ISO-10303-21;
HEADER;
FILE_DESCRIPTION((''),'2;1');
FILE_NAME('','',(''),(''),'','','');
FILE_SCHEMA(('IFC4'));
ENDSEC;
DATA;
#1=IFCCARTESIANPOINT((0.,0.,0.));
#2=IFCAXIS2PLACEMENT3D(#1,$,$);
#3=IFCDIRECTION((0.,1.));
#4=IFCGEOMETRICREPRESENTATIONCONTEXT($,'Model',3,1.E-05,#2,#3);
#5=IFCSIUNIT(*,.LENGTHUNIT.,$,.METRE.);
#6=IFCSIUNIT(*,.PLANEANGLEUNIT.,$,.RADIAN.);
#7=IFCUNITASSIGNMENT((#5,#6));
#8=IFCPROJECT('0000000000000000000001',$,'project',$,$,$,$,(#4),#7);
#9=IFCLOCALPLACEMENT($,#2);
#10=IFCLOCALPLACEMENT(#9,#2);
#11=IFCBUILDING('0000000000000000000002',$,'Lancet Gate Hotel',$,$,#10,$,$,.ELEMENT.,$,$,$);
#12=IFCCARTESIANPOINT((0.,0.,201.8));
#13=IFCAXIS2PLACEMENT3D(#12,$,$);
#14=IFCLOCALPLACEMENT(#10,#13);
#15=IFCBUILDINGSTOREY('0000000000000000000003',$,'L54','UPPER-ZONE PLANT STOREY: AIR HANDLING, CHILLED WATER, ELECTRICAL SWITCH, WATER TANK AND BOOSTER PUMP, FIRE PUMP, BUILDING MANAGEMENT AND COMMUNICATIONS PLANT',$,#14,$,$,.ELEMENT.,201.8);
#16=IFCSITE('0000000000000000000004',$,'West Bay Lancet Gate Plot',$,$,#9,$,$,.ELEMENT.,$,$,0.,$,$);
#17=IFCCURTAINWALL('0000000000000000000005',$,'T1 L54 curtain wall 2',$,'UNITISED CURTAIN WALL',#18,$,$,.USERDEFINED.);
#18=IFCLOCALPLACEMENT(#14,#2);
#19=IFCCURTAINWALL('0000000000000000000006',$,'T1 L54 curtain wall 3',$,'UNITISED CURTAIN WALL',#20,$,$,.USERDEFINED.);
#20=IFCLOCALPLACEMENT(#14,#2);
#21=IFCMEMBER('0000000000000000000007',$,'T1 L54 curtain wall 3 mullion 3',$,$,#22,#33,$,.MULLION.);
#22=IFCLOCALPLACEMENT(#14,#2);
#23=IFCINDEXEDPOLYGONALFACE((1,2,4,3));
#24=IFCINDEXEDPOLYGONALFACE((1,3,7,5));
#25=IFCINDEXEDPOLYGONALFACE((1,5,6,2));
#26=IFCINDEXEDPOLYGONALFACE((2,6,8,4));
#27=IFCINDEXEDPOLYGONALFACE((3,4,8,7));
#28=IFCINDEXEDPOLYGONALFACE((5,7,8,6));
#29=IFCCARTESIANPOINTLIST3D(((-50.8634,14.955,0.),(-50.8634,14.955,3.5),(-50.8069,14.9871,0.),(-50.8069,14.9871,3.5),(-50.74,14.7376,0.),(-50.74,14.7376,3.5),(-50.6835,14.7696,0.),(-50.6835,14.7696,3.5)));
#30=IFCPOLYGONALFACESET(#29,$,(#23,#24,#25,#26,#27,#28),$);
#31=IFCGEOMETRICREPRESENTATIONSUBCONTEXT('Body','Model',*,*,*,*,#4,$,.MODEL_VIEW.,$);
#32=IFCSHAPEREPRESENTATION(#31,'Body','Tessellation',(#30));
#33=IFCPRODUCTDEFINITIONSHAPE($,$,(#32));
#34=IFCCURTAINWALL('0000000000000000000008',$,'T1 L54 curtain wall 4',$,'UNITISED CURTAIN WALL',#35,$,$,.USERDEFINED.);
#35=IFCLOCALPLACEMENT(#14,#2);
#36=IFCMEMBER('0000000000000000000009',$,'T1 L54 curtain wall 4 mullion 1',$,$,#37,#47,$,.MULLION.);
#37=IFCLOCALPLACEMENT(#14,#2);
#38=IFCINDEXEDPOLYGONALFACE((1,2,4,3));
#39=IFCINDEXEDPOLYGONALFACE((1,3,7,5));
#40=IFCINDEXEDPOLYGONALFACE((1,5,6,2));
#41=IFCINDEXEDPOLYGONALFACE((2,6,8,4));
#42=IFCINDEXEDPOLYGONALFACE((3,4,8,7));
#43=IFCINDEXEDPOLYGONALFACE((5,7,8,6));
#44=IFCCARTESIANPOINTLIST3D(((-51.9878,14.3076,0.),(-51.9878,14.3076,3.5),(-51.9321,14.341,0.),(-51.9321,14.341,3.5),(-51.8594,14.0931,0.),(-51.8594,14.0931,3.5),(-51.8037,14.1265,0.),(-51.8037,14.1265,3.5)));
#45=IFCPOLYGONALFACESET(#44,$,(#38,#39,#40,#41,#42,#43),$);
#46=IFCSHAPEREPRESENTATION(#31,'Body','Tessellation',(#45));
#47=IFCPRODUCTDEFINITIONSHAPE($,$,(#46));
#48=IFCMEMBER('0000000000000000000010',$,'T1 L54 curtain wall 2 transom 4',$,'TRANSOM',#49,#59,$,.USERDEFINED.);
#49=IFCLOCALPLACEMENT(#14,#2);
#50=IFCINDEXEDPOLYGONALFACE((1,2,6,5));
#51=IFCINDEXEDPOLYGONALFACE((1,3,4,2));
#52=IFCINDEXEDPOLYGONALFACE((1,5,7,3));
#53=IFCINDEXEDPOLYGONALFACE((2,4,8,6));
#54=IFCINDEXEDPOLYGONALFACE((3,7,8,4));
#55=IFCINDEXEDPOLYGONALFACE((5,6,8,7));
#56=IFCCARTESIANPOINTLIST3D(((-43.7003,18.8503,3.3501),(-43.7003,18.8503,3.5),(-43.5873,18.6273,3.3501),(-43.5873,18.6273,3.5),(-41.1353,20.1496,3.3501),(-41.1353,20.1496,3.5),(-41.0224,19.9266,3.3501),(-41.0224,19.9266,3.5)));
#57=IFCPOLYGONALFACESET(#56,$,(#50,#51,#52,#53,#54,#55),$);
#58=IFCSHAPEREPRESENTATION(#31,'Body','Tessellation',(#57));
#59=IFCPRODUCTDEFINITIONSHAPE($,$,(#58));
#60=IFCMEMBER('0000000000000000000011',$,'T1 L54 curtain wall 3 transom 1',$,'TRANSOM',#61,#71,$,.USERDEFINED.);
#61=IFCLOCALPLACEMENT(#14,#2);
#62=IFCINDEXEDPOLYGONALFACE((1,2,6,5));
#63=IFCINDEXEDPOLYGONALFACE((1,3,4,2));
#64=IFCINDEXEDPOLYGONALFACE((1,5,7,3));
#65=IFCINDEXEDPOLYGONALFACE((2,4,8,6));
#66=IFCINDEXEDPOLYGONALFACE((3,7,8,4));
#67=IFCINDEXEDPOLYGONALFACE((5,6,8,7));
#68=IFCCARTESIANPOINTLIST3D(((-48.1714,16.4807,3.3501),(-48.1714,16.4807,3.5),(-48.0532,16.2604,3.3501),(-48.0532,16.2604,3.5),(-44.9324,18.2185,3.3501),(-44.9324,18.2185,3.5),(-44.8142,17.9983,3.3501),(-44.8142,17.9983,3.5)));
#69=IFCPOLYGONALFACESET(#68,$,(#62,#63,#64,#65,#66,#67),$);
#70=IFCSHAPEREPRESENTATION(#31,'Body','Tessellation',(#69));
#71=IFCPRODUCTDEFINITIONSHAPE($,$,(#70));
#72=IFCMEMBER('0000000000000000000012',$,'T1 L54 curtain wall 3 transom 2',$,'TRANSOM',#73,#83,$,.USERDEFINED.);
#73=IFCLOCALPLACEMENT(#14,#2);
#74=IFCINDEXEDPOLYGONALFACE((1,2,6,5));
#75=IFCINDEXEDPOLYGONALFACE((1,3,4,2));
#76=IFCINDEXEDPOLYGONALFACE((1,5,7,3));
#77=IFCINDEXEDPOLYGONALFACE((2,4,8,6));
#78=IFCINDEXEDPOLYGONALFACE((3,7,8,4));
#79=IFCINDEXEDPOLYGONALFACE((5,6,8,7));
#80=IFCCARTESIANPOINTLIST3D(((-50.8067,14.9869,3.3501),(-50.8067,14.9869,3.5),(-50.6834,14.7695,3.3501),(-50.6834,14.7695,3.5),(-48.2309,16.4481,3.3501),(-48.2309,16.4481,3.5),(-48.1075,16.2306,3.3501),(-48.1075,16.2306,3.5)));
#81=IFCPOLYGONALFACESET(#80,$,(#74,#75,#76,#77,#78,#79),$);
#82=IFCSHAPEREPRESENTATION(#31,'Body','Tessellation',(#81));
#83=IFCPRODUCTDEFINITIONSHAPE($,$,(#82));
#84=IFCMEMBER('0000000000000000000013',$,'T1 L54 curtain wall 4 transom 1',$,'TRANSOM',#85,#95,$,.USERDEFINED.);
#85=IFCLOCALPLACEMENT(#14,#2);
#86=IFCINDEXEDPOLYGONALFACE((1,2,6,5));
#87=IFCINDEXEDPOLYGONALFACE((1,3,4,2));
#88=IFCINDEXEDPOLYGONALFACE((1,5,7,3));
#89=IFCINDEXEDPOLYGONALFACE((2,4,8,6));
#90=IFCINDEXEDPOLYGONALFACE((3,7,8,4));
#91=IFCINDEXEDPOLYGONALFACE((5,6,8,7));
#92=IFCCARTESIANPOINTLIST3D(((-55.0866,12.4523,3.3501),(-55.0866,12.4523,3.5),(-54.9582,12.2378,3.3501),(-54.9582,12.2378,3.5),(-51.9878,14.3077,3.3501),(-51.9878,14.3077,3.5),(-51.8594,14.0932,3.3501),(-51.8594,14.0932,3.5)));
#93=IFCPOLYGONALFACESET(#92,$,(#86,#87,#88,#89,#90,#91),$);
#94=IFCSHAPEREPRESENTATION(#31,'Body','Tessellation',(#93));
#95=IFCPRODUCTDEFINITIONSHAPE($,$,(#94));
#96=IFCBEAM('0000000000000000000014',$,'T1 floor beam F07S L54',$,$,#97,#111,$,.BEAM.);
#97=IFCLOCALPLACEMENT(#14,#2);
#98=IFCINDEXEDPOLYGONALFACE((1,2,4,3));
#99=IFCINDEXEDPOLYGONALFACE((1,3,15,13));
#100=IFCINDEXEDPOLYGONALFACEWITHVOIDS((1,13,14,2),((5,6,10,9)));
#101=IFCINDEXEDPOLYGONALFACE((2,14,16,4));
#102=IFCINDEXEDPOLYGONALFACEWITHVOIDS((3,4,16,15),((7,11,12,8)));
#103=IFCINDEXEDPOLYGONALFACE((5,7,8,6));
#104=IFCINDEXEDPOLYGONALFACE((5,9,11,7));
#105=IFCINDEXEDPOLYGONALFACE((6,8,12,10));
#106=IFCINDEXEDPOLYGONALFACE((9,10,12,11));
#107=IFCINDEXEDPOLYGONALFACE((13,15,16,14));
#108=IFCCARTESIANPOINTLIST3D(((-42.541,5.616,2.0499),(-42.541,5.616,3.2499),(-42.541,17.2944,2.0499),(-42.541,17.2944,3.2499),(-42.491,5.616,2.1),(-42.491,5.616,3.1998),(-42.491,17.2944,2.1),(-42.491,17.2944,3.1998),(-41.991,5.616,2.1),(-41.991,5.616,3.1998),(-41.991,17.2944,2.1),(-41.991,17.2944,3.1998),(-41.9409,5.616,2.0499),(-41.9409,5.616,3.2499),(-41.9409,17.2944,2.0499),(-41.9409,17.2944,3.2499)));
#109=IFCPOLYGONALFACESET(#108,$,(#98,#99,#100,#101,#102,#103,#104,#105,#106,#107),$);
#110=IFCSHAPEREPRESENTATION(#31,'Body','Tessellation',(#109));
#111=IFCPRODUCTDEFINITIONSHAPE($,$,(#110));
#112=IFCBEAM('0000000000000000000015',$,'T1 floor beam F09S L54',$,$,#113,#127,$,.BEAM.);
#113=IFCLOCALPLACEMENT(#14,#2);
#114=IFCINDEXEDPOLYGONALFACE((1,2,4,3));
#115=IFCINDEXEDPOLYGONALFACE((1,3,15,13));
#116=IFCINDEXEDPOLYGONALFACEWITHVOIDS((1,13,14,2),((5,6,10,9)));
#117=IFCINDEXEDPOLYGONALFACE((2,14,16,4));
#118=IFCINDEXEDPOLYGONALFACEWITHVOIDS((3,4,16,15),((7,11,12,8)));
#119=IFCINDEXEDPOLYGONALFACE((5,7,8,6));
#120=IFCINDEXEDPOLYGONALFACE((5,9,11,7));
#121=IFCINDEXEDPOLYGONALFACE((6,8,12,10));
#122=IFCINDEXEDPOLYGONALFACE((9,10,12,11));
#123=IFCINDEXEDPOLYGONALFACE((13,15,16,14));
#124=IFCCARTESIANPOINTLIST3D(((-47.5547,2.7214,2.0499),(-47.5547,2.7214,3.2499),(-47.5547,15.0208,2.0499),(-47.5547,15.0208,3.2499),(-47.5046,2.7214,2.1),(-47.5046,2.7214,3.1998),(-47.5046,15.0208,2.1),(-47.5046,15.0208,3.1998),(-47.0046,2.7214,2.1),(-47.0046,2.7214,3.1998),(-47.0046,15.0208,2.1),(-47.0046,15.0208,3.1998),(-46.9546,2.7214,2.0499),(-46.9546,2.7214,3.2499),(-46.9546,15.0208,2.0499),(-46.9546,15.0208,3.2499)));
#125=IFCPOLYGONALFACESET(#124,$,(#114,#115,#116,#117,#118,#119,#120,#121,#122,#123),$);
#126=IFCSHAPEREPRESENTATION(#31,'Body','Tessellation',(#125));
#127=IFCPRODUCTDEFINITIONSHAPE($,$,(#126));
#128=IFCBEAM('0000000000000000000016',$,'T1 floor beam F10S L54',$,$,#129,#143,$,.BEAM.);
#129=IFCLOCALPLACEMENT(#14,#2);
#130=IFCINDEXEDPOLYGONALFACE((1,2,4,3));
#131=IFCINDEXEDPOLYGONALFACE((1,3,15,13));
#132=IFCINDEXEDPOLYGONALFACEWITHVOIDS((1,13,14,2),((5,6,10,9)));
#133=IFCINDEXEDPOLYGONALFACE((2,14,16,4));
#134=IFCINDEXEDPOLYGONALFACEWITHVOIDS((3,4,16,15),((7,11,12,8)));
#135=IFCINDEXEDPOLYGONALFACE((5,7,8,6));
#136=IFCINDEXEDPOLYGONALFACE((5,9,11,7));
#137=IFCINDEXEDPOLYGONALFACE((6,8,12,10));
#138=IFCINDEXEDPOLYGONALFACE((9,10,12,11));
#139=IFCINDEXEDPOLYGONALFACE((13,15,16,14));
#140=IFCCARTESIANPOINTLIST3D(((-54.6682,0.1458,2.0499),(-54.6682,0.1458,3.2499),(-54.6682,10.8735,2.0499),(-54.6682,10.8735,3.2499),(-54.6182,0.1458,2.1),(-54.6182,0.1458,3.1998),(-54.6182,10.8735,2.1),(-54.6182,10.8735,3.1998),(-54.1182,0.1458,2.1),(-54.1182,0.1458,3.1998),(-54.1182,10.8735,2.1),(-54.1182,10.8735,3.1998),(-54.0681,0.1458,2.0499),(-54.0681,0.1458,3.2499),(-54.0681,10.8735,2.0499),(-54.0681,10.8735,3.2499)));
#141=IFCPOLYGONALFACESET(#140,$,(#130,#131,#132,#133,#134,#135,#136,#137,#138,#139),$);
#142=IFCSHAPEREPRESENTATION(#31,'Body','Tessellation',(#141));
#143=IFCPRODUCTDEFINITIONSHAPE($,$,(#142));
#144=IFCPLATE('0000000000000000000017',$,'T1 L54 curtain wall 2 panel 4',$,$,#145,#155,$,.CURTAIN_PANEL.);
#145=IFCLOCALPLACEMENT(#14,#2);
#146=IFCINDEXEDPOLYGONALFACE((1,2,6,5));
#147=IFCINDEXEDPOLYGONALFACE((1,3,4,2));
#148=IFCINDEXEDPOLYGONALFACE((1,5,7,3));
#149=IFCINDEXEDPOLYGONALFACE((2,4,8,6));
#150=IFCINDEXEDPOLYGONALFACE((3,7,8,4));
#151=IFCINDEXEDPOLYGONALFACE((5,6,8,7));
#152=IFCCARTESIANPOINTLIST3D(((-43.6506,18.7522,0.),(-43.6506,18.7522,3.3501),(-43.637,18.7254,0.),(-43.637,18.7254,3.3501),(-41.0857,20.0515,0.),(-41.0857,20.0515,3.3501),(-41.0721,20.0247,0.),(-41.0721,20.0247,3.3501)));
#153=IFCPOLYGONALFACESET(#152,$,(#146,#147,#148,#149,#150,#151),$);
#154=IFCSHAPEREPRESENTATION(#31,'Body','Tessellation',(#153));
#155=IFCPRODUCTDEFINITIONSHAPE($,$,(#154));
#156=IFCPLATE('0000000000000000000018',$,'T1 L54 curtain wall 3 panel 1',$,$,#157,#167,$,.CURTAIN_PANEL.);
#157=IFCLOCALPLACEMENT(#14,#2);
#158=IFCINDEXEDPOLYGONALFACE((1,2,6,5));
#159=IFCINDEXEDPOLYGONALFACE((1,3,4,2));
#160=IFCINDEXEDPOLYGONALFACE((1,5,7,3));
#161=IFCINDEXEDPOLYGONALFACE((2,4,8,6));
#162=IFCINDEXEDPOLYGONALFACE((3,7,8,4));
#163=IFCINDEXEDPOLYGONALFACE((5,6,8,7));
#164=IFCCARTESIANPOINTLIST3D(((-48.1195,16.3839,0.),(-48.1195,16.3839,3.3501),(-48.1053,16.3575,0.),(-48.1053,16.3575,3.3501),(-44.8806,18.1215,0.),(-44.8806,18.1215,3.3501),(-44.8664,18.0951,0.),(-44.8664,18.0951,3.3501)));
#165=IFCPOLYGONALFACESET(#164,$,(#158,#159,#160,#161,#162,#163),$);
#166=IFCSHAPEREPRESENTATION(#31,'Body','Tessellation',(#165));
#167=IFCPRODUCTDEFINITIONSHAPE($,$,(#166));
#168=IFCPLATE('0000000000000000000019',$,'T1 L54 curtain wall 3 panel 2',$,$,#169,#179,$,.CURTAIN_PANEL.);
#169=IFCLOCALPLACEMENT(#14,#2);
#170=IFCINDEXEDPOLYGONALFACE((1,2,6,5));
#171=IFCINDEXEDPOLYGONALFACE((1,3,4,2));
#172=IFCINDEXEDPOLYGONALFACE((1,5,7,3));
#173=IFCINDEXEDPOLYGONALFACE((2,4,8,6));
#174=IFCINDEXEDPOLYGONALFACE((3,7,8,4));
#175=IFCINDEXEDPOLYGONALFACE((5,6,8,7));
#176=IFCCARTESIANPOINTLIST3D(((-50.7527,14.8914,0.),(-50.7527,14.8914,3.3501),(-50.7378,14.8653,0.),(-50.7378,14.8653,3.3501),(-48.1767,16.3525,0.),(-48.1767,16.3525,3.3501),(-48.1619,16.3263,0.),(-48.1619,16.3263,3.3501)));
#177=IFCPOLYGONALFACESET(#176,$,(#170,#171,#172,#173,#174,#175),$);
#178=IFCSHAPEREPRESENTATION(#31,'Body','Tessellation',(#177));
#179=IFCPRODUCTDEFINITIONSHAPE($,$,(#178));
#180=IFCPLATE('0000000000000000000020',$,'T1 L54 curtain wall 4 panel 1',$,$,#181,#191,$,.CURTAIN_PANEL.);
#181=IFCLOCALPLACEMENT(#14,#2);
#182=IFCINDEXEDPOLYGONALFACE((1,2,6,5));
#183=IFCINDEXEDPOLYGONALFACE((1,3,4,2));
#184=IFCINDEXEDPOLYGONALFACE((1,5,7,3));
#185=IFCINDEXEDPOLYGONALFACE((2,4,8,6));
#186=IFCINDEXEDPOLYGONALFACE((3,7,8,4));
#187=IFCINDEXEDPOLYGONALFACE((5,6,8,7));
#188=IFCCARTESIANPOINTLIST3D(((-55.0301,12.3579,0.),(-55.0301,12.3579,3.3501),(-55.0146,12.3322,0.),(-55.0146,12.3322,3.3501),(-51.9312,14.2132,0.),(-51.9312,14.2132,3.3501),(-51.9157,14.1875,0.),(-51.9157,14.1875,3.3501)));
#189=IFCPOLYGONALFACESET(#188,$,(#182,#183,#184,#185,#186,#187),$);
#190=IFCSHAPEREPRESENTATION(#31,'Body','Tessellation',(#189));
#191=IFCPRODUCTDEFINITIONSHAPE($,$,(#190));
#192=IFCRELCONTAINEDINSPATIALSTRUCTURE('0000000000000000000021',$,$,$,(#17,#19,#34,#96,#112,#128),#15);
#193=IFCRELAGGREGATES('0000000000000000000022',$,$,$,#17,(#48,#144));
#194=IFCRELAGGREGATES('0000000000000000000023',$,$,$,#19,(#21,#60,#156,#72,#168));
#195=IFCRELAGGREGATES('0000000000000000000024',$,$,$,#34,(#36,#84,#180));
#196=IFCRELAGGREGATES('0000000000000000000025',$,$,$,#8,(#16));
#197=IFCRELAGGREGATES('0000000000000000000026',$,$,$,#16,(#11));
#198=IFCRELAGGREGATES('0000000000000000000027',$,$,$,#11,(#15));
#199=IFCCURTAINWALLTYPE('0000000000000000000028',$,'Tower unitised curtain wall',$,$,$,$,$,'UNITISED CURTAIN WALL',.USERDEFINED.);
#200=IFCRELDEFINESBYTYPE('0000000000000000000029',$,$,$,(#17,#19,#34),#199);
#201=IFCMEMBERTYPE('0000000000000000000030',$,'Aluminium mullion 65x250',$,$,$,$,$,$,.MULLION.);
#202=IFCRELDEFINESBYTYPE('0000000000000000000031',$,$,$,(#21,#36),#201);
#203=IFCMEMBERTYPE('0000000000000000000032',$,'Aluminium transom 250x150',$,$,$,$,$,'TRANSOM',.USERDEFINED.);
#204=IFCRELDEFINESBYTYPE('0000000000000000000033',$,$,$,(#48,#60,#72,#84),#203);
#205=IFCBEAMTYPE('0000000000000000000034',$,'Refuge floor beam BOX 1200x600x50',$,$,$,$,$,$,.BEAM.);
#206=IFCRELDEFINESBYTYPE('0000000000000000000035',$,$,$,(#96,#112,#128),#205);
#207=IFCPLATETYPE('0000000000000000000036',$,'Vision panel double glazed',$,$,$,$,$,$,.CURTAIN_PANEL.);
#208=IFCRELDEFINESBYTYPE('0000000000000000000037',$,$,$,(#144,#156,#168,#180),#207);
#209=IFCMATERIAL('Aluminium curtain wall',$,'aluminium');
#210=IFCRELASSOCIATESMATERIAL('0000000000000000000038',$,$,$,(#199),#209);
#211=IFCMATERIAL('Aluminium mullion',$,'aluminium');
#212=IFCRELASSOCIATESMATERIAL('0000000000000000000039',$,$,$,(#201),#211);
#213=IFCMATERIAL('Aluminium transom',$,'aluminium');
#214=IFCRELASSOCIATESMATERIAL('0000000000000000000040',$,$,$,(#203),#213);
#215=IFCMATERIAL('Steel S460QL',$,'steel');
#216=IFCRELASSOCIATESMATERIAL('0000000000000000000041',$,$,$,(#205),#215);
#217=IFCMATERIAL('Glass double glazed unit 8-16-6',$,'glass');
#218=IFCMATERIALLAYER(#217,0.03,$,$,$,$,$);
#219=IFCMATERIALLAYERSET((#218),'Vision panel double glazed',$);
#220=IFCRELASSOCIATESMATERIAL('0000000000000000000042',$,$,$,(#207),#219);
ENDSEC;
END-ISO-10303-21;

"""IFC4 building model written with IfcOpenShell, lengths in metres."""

from ifc_helpers import new_model, si_unit, direction, frame, origin, origin_2d, place, context, subcontext, project, spatial, rectangle, hollow_rectangle, extrude, material, layer, layer_set, material_profile, profile_set, type_object, element, aggregate, save


model = new_model("IFC4")

# Units and contexts
model_context = context("Model", 3, precision=1e-05, world=origin(), true_north=direction((0.0, 1.0)))
body_context = subcontext(model_context, "Body", "Model", "MODEL_VIEW")
ifc_project = project(units=[si_unit("LENGTHUNIT", "METRE"), si_unit("PLANEANGLEUNIT", "RADIAN")], contexts=[model_context])

# Site, building, storey
site_placement = place(None, origin())
site = spatial("IfcSite", under=ifc_project, at=site_placement, Name="West Bay Lancet Gate Plot", CompositionType="ELEMENT", RefElevation=0.0)
building_placement = place(site_placement, origin())
building = spatial("IfcBuilding", under=site, at=building_placement, Name="Lancet Gate Hotel", CompositionType="ELEMENT")
storey_placement = place(building_placement, frame((0.0, 0.0, 201.8)))
storey = spatial("IfcBuildingStorey", under=building, at=storey_placement, Name="L54", Description="UPPER-ZONE PLANT STOREY: AIR HANDLING, CHILLED WATER, ELECTRICAL SWITCH, WATER TANK AND BOOSTER PUMP, FIRE PUMP, BUILDING MANAGEMENT AND COMMUNICATIONS PLANT", CompositionType="ELEMENT", Elevation=201.8)

# Curtain walls, member
ifc_material_1 = material(Name="Aluminium curtain wall", Category="aluminium")
curtain_wall_type = type_object("IfcCurtainWallType", Name="Tower unitised curtain wall", ElementType="UNITISED CURTAIN WALL", PredefinedType="USERDEFINED", material=ifc_material_1)
curtain_wall_1_placement = place(storey_placement, origin())
curtain_wall_1 = element("IfcCurtainWall", 1, at=curtain_wall_1_placement, inside=storey, type_object=curtain_wall_type, Name="T1 L54 curtain wall 2", ObjectType="UNITISED CURTAIN WALL", PredefinedType="USERDEFINED")
ifc_material_2 = material(Name="Aluminium mullion", Category="aluminium")
ifc_material_profile_1 = material_profile(ifc_material_2, rectangle(XDim=0.0649, YDim=0.25, at=origin_2d()), Name="MULLION 65x250")
ifc_profile_set_1 = profile_set([ifc_material_profile_1], Name="Aluminium mullion")
member_type_1 = type_object("IfcMemberType", Name="Aluminium mullion 65x250", PredefinedType="MULLION", material=ifc_profile_set_1)
curtain_wall_2_placement = place(storey_placement, origin())
curtain_wall_2 = element("IfcCurtainWall", 2, at=curtain_wall_2_placement, inside=storey, type_object=curtain_wall_type, Name="T1 L54 curtain wall 3", ObjectType="UNITISED CURTAIN WALL", PredefinedType="USERDEFINED")
member_1_placement = place(storey_placement, frame((-50.7734, 14.8623, 0.0), z_axis=(0.0, 0.0, 1.0), x_axis=(-0.869831, -0.493349, 0.0)))
member_1 = element("IfcMember", 3, at=member_1_placement, type_object=member_type_1, Name="T1 L54 curtain wall 3 mullion 3", PredefinedType="MULLION", context=body_context, shape_type="SweptSolid", body=[
    extrude(rectangle(XDim=0.0649, YDim=0.25, at=origin_2d()), origin(), (0.0, 0.0, 1.0), 3.5),
])

# Curtain wall, member
curtain_wall_3_placement = place(storey_placement, origin())
curtain_wall_3 = element("IfcCurtainWall", 4, at=curtain_wall_3_placement, inside=storey, type_object=curtain_wall_type, Name="T1 L54 curtain wall 4", ObjectType="UNITISED CURTAIN WALL", PredefinedType="USERDEFINED")
member_2_placement = place(storey_placement, frame((-51.8958, 14.217, 0.0), z_axis=(0.0, 0.0, 1.0), x_axis=(-0.857987, -0.513672, 0.0)))
member_2 = element("IfcMember", 5, at=member_2_placement, type_object=member_type_1, Name="T1 L54 curtain wall 4 mullion 1", PredefinedType="MULLION", context=body_context, shape_type="SweptSolid", body=[
    extrude(rectangle(XDim=0.0649, YDim=0.25, at=origin_2d()), origin(), (0.0, 0.0, 1.0), 3.5),
])

# Members
ifc_material_3 = material(Name="Aluminium transom", Category="aluminium")
ifc_material_profile_2 = material_profile(ifc_material_3, rectangle(XDim=0.25, YDim=0.1499, at=origin_2d()), Name="TRANSOM 250x150")
ifc_profile_set_2 = profile_set([ifc_material_profile_2], Name="Aluminium transom")
member_type_2 = type_object("IfcMemberType", Name="Aluminium transom 250x150", ElementType="TRANSOM", PredefinedType="USERDEFINED", material=ifc_profile_set_2)
member_3_placement = place(storey_placement, frame((-41.0789, 20.0381, 3.425), z_axis=(-0.892071, -0.451895, 0.0), x_axis=(0.451895, -0.892071, 0.0)))
member_3 = element("IfcMember", 6, at=member_3_placement, type_object=member_type_2, Name="T1 L54 curtain wall 2 transom 4", ObjectType="TRANSOM", PredefinedType="USERDEFINED", context=body_context, shape_type="SweptSolid", body=[
    extrude(rectangle(XDim=0.25, YDim=0.1499, at=origin_2d()), origin(), (0.0, 0.0, 1.0), 2.8752),
])
member_4_placement = place(storey_placement, frame((-44.8733, 18.1084, 3.425), z_axis=(-0.881185, -0.472772, 0.0), x_axis=(0.472772, -0.881185, 0.0)))
member_4 = element("IfcMember", 7, at=member_4_placement, type_object=member_type_2, Name="T1 L54 curtain wall 3 transom 1", ObjectType="TRANSOM", PredefinedType="USERDEFINED", context=body_context, shape_type="SweptSolid", body=[
    extrude(rectangle(XDim=0.25, YDim=0.1499, at=origin_2d()), origin(), (0.0, 0.0, 1.0), 3.6758),
])
member_5_placement = place(storey_placement, frame((-48.1692, 16.3394, 3.425), z_axis=(-0.869806, -0.493393, 0.0), x_axis=(0.493393, -0.869806, 0.0)))
member_5 = element("IfcMember", 8, at=member_5_placement, type_object=member_type_2, Name="T1 L54 curtain wall 3 transom 2", ObjectType="TRANSOM", PredefinedType="USERDEFINED", context=body_context, shape_type="SweptSolid", body=[
    extrude(rectangle(XDim=0.25, YDim=0.1499, at=origin_2d()), origin(), (0.0, 0.0, 1.0), 2.9614),
])
member_6_placement = place(storey_placement, frame((-51.9236, 14.2004, 3.425), z_axis=(-0.857964, -0.51371, 0.0), x_axis=(0.51371, -0.857964, 0.0)))
member_6 = element("IfcMember", 9, at=member_6_placement, type_object=member_type_2, Name="T1 L54 curtain wall 4 transom 1", ObjectType="TRANSOM", PredefinedType="USERDEFINED", context=body_context, shape_type="SweptSolid", body=[
    extrude(rectangle(XDim=0.25, YDim=0.1499, at=origin_2d()), origin(), (0.0, 0.0, 1.0), 3.6118),
])

# Beams
ifc_material_4 = material(Name="Steel S460QL", Category="steel")
ifc_material_profile_3 = material_profile(ifc_material_4, hollow_rectangle(XDim=0.6001, YDim=1.2, WallThickness=0.05, at=origin_2d()), Name="BOX 1200x600x50")
ifc_profile_set_3 = profile_set([ifc_material_profile_3], Name="Steel S460QL")
beam_type = type_object("IfcBeamType", Name="Refuge floor beam BOX 1200x600x50", PredefinedType="BEAM", material=ifc_profile_set_3)
beam_1_placement = place(storey_placement, frame((-42.241, 17.2944, 2.6499), z_axis=(0.0, -1.0, 0.0), x_axis=(1.0, 0.0, 0.0)))
element("IfcBeam", 10, at=beam_1_placement, inside=storey, type_object=beam_type, Name="T1 floor beam F07S L54", PredefinedType="BEAM", context=body_context, shape_type="SweptSolid", body=[
    extrude(hollow_rectangle(XDim=0.6001, YDim=1.2, WallThickness=0.05, at=origin_2d()), origin(), (0.0, 0.0, 1.0), 11.6785),
])
beam_2_placement = place(storey_placement, frame((-47.2546, 15.0208, 2.6499), z_axis=(0.0, -1.0, 0.0), x_axis=(1.0, 0.0, 0.0)))
element("IfcBeam", 11, at=beam_2_placement, inside=storey, type_object=beam_type, Name="T1 floor beam F09S L54", PredefinedType="BEAM", context=body_context, shape_type="SweptSolid", body=[
    extrude(hollow_rectangle(XDim=0.6001, YDim=1.2, WallThickness=0.05, at=origin_2d()), origin(), (0.0, 0.0, 1.0), 12.2993),
])
beam_3_placement = place(storey_placement, frame((-54.3682, 10.8735, 2.6499), z_axis=(0.0, -1.0, 0.0), x_axis=(1.0, 0.0, 0.0)))
element("IfcBeam", 12, at=beam_3_placement, inside=storey, type_object=beam_type, Name="T1 floor beam F10S L54", PredefinedType="BEAM", context=body_context, shape_type="SweptSolid", body=[
    extrude(hollow_rectangle(XDim=0.6001, YDim=1.2, WallThickness=0.05, at=origin_2d()), origin(), (0.0, 0.0, 1.0), 10.7278),
])

# Plates
ifc_material_5 = material(Name="Glass double glazed unit 8-16-6", Category="glass")
ifc_layer_1 = layer(ifc_material_5, 0.03)
ifc_layer_set_1 = layer_set([ifc_layer_1], Name="Vision panel double glazed")
plate_type = type_object("IfcPlateType", Name="Vision panel double glazed", PredefinedType="CURTAIN_PANEL", material=ifc_layer_set_1)
plate_1_placement = place(storey_placement, frame((-42.3613, 19.3884, 0.0), z_axis=(0.0, 0.0, 1.0), x_axis=(-0.892071, -0.451895, 0.0)))
plate_1 = element("IfcPlate", 13, at=plate_1_placement, type_object=plate_type, Name="T1 L54 curtain wall 2 panel 4", PredefinedType="CURTAIN_PANEL", context=body_context, shape_type="SweptSolid", body=[
    extrude(rectangle(XDim=2.8752, YDim=0.03, at=origin_2d()), origin(), (0.0, 0.0, 1.0), 3.3501),
])
aggregate(curtain_wall_1, [member_3, plate_1])
plate_2_placement = place(storey_placement, frame((-46.4929, 17.2395, 0.0), z_axis=(0.0, 0.0, 1.0), x_axis=(-0.881195, -0.472753, 0.0)))
plate_2 = element("IfcPlate", 14, at=plate_2_placement, type_object=plate_type, Name="T1 L54 curtain wall 3 panel 1", PredefinedType="CURTAIN_PANEL", context=body_context, shape_type="SweptSolid", body=[
    extrude(rectangle(XDim=3.6755, YDim=0.03, at=origin_2d()), origin(), (0.0, 0.0, 1.0), 3.3501),
])
plate_3_placement = place(storey_placement, frame((-49.4573, 15.6089, 0.0), z_axis=(0.0, 0.0, 1.0), x_axis=(-0.869831, -0.493349, 0.0)))
plate_3 = element("IfcPlate", 15, at=plate_3_placement, type_object=plate_type, Name="T1 L54 curtain wall 3 panel 2", PredefinedType="CURTAIN_PANEL", context=body_context, shape_type="SweptSolid", body=[
    extrude(rectangle(XDim=2.9614, YDim=0.03, at=origin_2d()), origin(), (0.0, 0.0, 1.0), 3.3501),
])
aggregate(curtain_wall_2, [member_1, member_4, plate_2, member_5, plate_3])
plate_4_placement = place(storey_placement, frame((-53.4729, 13.2727, 0.0), z_axis=(0.0, 0.0, 1.0), x_axis=(-0.857987, -0.513672, 0.0)))
plate_4 = element("IfcPlate", 16, at=plate_4_placement, type_object=plate_type, Name="T1 L54 curtain wall 4 panel 1", PredefinedType="CURTAIN_PANEL", context=body_context, shape_type="SweptSolid", body=[
    extrude(rectangle(XDim=3.6118, YDim=0.03, at=origin_2d()), origin(), (0.0, 0.0, 1.0), 3.3501),
])
aggregate(curtain_wall_3, [member_2, member_6, plate_4])

save(model, "model.ifc")
